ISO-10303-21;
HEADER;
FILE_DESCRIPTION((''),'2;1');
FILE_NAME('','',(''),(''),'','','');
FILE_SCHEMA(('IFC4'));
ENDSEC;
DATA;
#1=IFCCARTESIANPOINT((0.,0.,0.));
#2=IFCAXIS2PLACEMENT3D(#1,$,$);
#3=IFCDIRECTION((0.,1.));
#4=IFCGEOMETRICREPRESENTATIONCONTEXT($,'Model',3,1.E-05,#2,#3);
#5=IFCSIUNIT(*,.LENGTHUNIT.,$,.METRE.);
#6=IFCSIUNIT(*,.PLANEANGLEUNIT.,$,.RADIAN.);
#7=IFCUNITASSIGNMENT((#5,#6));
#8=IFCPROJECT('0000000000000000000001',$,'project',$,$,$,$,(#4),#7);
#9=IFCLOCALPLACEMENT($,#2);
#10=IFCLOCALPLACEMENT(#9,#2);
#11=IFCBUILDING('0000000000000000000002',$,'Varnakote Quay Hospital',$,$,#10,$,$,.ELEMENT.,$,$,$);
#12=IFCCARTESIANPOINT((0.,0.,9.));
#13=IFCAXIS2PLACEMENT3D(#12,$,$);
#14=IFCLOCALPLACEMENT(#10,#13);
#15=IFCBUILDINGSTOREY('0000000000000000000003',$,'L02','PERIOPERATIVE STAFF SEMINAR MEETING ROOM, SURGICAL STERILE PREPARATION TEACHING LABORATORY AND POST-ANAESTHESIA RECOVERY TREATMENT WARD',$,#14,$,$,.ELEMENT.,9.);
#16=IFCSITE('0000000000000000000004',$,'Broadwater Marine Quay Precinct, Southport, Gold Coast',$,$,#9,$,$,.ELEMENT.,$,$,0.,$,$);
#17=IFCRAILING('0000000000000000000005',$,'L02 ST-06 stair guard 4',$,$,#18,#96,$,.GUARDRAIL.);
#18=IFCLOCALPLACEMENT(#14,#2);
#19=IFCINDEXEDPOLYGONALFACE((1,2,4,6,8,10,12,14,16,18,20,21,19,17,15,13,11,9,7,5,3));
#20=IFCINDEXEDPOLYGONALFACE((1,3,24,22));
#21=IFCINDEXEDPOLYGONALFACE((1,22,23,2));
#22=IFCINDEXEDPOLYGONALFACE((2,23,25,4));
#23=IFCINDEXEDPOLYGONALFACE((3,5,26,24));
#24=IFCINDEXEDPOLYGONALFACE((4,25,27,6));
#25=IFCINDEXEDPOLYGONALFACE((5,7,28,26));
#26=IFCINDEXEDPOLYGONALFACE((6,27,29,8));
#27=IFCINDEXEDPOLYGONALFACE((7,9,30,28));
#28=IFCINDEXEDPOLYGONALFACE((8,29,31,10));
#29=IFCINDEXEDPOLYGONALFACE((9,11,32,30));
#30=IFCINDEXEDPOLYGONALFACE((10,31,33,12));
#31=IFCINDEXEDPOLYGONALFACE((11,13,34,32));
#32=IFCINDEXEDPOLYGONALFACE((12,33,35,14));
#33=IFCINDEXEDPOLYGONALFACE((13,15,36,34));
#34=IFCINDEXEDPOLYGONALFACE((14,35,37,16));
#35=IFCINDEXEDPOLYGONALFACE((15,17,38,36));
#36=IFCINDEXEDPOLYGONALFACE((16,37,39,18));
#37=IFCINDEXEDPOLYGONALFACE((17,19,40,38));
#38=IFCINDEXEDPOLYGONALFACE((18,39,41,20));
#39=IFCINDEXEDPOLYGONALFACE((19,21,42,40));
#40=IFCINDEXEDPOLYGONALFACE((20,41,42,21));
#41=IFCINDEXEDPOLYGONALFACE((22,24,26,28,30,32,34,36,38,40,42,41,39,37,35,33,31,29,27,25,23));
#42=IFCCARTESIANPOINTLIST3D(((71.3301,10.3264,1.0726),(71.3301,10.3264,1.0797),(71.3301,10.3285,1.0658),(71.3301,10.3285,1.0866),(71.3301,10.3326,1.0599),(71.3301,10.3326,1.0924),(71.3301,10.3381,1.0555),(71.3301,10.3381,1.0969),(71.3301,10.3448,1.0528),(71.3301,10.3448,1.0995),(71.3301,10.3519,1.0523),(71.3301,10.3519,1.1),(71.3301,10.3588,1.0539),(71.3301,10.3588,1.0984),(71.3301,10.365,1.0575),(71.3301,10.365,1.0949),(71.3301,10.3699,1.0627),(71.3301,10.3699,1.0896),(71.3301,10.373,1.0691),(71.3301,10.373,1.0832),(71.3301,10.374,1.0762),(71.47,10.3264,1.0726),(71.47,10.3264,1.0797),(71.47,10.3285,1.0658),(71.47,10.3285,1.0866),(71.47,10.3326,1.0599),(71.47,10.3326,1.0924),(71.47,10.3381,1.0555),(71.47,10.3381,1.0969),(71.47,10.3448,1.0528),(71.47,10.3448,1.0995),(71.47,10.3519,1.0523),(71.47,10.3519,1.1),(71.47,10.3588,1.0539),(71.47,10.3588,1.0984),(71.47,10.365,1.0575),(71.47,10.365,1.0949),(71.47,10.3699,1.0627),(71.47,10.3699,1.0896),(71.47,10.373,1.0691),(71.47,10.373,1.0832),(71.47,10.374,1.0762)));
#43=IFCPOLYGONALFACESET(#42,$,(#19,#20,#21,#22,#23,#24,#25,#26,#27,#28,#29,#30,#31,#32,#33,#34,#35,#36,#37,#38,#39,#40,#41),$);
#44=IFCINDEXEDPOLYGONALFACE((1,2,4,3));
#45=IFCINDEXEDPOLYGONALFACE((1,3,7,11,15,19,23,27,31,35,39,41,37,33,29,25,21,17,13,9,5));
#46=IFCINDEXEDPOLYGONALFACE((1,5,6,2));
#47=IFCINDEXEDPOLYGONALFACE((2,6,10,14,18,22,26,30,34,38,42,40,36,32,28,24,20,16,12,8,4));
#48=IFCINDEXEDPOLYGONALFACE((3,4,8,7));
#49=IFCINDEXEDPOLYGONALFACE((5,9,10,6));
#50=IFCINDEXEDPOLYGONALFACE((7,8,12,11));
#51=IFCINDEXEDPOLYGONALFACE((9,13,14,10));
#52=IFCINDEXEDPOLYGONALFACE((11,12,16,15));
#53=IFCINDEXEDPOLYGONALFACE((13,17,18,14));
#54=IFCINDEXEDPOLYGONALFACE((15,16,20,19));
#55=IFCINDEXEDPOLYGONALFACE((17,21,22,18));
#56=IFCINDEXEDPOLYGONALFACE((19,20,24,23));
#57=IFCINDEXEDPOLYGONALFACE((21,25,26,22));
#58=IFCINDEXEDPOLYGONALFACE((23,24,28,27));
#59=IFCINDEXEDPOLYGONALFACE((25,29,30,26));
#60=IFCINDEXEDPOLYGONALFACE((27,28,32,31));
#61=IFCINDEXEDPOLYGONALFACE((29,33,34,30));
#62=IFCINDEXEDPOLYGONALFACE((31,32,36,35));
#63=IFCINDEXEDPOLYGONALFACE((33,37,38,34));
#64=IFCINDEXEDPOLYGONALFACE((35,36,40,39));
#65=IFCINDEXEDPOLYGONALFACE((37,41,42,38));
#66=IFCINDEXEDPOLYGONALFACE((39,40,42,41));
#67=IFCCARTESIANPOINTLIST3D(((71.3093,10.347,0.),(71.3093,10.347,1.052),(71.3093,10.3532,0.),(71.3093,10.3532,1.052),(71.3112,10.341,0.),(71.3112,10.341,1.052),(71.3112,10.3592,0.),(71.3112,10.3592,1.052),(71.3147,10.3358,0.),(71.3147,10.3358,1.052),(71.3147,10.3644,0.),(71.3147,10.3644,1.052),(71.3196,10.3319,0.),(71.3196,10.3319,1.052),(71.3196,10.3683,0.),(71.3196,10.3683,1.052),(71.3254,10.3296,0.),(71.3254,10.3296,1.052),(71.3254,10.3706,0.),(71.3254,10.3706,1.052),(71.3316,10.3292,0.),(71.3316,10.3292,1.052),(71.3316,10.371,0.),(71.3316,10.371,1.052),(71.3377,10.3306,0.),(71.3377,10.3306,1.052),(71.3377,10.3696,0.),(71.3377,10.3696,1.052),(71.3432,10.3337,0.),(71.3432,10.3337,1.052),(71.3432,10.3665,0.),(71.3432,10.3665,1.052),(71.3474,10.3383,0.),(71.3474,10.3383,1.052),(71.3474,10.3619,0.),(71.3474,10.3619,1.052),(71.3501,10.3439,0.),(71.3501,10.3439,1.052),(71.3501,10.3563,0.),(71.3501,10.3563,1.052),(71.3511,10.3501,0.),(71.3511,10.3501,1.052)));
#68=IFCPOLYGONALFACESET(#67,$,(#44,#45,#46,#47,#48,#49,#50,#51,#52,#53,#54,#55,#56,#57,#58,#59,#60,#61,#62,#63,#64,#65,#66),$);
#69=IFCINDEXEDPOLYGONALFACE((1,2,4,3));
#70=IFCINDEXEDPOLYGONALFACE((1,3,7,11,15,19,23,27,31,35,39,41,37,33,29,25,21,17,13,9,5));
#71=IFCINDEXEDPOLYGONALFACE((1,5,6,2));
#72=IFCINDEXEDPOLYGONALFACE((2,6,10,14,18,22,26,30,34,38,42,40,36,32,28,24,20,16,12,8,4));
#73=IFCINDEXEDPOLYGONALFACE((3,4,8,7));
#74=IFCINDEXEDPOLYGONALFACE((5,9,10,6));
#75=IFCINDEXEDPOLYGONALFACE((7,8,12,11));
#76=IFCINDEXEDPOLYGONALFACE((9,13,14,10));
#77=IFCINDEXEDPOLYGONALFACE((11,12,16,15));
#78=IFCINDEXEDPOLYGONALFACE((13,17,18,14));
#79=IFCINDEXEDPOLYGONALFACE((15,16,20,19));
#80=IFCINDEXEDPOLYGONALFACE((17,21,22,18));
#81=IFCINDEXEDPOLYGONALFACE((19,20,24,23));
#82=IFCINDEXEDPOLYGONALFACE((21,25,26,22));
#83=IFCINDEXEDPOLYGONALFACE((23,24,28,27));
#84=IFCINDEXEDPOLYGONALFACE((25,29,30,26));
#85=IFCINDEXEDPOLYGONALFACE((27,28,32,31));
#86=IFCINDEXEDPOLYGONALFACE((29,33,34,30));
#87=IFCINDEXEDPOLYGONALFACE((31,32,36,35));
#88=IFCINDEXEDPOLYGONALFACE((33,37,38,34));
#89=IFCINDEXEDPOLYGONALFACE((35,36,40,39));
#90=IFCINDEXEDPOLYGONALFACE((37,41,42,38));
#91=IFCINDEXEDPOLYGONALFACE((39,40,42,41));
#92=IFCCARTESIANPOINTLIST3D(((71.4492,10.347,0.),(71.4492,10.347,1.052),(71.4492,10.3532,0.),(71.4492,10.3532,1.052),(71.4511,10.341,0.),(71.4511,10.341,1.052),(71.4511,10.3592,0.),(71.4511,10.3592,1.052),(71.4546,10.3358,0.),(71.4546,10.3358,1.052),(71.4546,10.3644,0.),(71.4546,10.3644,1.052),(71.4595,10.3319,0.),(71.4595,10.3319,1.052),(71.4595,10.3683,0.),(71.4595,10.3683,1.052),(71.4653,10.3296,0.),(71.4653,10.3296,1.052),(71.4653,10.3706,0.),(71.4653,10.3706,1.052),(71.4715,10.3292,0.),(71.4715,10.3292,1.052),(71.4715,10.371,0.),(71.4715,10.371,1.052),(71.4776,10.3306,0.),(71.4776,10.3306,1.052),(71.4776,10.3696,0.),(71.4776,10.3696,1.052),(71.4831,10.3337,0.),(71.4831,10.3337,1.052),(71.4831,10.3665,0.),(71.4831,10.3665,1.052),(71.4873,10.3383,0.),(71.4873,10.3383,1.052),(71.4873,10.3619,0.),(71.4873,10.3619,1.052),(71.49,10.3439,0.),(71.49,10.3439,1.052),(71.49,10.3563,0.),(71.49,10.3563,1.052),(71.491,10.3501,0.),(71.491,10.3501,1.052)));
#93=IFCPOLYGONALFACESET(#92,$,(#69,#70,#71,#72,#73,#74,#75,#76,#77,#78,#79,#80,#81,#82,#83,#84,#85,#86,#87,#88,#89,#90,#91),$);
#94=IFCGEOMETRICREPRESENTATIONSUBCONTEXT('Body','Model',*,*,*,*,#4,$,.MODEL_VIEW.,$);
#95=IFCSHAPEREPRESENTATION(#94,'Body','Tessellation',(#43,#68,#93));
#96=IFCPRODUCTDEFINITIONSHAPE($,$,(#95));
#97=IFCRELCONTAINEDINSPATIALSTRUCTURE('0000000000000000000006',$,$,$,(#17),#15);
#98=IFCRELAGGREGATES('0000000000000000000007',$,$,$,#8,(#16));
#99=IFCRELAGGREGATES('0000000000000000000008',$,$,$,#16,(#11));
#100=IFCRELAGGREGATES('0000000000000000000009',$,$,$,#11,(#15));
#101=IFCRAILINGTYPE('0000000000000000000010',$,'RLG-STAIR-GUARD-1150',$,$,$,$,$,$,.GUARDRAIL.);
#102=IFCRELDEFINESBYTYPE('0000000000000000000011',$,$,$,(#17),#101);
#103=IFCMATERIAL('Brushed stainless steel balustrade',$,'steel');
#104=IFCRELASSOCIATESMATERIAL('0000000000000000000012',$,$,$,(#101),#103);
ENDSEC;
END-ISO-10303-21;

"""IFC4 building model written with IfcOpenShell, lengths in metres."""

from ifc_helpers import new_model, si_unit, direction, frame, origin, origin_2d, place, context, subcontext, project, spatial, circle, extrude, material, type_object, element, save


model = new_model("IFC4")

# Units and contexts
model_context = context("Model", 3, precision=1e-05, world=origin(), true_north=direction((0.0, 1.0)))
body_context = subcontext(model_context, "Body", "Model", "MODEL_VIEW")
ifc_project = project(units=[si_unit("LENGTHUNIT", "METRE"), si_unit("PLANEANGLEUNIT", "RADIAN")], contexts=[model_context])

# Site, building, storey
site_placement = place(None, origin())
site = spatial("IfcSite", under=ifc_project, at=site_placement, Name="Broadwater Marine Quay Precinct, Southport, Gold Coast", CompositionType="ELEMENT", RefElevation=0.0)
building_placement = place(site_placement, origin())
building = spatial("IfcBuilding", under=site, at=building_placement, Name="Varnakote Quay Hospital", CompositionType="ELEMENT")
storey_placement = place(building_placement, frame((0.0, 0.0, 9.0)))
storey = spatial("IfcBuildingStorey", under=building, at=storey_placement, Name="L02", Description="PERIOPERATIVE STAFF SEMINAR MEETING ROOM, SURGICAL STERILE PREPARATION TEACHING LABORATORY AND POST-ANAESTHESIA RECOVERY TREATMENT WARD", CompositionType="ELEMENT", Elevation=9.0)

# Railing
ifc_material_1 = material(Name="Brushed stainless steel balustrade", Category="steel")
railing_type_1 = type_object("IfcRailingType", Name="RLG-STAIR-GUARD-1150", PredefinedType="GUARDRAIL", material=ifc_material_1)
railing_1_placement = place(storey_placement, frame((71.3301, 10.3501, 0.0)))
element("IfcRailing", 1, at=railing_1_placement, inside=storey, type_object=railing_type_1, Name="L02 ST-06 stair guard 4", PredefinedType="GUARDRAIL", context=body_context, shape_type="SweptSolid", body=[
    extrude(circle(Radius=0.0239, at=origin_2d()), frame((0.0, 0.0, 1.0762), z_axis=(1.0, 0.0, 0.0), x_axis=(0.0, 1.0, 0.0)), (0.0, 0.0, 1.0), 0.1399),
    extrude(circle(Radius=0.021, at=origin_2d()), origin(), (0.0, 0.0, 1.0), 1.052),
    extrude(circle(Radius=0.021, at=origin_2d()), frame((0.1399, 0.0, 0.0)), (0.0, 0.0, 1.0), 1.052),
])

save(model, "model.ifc")
